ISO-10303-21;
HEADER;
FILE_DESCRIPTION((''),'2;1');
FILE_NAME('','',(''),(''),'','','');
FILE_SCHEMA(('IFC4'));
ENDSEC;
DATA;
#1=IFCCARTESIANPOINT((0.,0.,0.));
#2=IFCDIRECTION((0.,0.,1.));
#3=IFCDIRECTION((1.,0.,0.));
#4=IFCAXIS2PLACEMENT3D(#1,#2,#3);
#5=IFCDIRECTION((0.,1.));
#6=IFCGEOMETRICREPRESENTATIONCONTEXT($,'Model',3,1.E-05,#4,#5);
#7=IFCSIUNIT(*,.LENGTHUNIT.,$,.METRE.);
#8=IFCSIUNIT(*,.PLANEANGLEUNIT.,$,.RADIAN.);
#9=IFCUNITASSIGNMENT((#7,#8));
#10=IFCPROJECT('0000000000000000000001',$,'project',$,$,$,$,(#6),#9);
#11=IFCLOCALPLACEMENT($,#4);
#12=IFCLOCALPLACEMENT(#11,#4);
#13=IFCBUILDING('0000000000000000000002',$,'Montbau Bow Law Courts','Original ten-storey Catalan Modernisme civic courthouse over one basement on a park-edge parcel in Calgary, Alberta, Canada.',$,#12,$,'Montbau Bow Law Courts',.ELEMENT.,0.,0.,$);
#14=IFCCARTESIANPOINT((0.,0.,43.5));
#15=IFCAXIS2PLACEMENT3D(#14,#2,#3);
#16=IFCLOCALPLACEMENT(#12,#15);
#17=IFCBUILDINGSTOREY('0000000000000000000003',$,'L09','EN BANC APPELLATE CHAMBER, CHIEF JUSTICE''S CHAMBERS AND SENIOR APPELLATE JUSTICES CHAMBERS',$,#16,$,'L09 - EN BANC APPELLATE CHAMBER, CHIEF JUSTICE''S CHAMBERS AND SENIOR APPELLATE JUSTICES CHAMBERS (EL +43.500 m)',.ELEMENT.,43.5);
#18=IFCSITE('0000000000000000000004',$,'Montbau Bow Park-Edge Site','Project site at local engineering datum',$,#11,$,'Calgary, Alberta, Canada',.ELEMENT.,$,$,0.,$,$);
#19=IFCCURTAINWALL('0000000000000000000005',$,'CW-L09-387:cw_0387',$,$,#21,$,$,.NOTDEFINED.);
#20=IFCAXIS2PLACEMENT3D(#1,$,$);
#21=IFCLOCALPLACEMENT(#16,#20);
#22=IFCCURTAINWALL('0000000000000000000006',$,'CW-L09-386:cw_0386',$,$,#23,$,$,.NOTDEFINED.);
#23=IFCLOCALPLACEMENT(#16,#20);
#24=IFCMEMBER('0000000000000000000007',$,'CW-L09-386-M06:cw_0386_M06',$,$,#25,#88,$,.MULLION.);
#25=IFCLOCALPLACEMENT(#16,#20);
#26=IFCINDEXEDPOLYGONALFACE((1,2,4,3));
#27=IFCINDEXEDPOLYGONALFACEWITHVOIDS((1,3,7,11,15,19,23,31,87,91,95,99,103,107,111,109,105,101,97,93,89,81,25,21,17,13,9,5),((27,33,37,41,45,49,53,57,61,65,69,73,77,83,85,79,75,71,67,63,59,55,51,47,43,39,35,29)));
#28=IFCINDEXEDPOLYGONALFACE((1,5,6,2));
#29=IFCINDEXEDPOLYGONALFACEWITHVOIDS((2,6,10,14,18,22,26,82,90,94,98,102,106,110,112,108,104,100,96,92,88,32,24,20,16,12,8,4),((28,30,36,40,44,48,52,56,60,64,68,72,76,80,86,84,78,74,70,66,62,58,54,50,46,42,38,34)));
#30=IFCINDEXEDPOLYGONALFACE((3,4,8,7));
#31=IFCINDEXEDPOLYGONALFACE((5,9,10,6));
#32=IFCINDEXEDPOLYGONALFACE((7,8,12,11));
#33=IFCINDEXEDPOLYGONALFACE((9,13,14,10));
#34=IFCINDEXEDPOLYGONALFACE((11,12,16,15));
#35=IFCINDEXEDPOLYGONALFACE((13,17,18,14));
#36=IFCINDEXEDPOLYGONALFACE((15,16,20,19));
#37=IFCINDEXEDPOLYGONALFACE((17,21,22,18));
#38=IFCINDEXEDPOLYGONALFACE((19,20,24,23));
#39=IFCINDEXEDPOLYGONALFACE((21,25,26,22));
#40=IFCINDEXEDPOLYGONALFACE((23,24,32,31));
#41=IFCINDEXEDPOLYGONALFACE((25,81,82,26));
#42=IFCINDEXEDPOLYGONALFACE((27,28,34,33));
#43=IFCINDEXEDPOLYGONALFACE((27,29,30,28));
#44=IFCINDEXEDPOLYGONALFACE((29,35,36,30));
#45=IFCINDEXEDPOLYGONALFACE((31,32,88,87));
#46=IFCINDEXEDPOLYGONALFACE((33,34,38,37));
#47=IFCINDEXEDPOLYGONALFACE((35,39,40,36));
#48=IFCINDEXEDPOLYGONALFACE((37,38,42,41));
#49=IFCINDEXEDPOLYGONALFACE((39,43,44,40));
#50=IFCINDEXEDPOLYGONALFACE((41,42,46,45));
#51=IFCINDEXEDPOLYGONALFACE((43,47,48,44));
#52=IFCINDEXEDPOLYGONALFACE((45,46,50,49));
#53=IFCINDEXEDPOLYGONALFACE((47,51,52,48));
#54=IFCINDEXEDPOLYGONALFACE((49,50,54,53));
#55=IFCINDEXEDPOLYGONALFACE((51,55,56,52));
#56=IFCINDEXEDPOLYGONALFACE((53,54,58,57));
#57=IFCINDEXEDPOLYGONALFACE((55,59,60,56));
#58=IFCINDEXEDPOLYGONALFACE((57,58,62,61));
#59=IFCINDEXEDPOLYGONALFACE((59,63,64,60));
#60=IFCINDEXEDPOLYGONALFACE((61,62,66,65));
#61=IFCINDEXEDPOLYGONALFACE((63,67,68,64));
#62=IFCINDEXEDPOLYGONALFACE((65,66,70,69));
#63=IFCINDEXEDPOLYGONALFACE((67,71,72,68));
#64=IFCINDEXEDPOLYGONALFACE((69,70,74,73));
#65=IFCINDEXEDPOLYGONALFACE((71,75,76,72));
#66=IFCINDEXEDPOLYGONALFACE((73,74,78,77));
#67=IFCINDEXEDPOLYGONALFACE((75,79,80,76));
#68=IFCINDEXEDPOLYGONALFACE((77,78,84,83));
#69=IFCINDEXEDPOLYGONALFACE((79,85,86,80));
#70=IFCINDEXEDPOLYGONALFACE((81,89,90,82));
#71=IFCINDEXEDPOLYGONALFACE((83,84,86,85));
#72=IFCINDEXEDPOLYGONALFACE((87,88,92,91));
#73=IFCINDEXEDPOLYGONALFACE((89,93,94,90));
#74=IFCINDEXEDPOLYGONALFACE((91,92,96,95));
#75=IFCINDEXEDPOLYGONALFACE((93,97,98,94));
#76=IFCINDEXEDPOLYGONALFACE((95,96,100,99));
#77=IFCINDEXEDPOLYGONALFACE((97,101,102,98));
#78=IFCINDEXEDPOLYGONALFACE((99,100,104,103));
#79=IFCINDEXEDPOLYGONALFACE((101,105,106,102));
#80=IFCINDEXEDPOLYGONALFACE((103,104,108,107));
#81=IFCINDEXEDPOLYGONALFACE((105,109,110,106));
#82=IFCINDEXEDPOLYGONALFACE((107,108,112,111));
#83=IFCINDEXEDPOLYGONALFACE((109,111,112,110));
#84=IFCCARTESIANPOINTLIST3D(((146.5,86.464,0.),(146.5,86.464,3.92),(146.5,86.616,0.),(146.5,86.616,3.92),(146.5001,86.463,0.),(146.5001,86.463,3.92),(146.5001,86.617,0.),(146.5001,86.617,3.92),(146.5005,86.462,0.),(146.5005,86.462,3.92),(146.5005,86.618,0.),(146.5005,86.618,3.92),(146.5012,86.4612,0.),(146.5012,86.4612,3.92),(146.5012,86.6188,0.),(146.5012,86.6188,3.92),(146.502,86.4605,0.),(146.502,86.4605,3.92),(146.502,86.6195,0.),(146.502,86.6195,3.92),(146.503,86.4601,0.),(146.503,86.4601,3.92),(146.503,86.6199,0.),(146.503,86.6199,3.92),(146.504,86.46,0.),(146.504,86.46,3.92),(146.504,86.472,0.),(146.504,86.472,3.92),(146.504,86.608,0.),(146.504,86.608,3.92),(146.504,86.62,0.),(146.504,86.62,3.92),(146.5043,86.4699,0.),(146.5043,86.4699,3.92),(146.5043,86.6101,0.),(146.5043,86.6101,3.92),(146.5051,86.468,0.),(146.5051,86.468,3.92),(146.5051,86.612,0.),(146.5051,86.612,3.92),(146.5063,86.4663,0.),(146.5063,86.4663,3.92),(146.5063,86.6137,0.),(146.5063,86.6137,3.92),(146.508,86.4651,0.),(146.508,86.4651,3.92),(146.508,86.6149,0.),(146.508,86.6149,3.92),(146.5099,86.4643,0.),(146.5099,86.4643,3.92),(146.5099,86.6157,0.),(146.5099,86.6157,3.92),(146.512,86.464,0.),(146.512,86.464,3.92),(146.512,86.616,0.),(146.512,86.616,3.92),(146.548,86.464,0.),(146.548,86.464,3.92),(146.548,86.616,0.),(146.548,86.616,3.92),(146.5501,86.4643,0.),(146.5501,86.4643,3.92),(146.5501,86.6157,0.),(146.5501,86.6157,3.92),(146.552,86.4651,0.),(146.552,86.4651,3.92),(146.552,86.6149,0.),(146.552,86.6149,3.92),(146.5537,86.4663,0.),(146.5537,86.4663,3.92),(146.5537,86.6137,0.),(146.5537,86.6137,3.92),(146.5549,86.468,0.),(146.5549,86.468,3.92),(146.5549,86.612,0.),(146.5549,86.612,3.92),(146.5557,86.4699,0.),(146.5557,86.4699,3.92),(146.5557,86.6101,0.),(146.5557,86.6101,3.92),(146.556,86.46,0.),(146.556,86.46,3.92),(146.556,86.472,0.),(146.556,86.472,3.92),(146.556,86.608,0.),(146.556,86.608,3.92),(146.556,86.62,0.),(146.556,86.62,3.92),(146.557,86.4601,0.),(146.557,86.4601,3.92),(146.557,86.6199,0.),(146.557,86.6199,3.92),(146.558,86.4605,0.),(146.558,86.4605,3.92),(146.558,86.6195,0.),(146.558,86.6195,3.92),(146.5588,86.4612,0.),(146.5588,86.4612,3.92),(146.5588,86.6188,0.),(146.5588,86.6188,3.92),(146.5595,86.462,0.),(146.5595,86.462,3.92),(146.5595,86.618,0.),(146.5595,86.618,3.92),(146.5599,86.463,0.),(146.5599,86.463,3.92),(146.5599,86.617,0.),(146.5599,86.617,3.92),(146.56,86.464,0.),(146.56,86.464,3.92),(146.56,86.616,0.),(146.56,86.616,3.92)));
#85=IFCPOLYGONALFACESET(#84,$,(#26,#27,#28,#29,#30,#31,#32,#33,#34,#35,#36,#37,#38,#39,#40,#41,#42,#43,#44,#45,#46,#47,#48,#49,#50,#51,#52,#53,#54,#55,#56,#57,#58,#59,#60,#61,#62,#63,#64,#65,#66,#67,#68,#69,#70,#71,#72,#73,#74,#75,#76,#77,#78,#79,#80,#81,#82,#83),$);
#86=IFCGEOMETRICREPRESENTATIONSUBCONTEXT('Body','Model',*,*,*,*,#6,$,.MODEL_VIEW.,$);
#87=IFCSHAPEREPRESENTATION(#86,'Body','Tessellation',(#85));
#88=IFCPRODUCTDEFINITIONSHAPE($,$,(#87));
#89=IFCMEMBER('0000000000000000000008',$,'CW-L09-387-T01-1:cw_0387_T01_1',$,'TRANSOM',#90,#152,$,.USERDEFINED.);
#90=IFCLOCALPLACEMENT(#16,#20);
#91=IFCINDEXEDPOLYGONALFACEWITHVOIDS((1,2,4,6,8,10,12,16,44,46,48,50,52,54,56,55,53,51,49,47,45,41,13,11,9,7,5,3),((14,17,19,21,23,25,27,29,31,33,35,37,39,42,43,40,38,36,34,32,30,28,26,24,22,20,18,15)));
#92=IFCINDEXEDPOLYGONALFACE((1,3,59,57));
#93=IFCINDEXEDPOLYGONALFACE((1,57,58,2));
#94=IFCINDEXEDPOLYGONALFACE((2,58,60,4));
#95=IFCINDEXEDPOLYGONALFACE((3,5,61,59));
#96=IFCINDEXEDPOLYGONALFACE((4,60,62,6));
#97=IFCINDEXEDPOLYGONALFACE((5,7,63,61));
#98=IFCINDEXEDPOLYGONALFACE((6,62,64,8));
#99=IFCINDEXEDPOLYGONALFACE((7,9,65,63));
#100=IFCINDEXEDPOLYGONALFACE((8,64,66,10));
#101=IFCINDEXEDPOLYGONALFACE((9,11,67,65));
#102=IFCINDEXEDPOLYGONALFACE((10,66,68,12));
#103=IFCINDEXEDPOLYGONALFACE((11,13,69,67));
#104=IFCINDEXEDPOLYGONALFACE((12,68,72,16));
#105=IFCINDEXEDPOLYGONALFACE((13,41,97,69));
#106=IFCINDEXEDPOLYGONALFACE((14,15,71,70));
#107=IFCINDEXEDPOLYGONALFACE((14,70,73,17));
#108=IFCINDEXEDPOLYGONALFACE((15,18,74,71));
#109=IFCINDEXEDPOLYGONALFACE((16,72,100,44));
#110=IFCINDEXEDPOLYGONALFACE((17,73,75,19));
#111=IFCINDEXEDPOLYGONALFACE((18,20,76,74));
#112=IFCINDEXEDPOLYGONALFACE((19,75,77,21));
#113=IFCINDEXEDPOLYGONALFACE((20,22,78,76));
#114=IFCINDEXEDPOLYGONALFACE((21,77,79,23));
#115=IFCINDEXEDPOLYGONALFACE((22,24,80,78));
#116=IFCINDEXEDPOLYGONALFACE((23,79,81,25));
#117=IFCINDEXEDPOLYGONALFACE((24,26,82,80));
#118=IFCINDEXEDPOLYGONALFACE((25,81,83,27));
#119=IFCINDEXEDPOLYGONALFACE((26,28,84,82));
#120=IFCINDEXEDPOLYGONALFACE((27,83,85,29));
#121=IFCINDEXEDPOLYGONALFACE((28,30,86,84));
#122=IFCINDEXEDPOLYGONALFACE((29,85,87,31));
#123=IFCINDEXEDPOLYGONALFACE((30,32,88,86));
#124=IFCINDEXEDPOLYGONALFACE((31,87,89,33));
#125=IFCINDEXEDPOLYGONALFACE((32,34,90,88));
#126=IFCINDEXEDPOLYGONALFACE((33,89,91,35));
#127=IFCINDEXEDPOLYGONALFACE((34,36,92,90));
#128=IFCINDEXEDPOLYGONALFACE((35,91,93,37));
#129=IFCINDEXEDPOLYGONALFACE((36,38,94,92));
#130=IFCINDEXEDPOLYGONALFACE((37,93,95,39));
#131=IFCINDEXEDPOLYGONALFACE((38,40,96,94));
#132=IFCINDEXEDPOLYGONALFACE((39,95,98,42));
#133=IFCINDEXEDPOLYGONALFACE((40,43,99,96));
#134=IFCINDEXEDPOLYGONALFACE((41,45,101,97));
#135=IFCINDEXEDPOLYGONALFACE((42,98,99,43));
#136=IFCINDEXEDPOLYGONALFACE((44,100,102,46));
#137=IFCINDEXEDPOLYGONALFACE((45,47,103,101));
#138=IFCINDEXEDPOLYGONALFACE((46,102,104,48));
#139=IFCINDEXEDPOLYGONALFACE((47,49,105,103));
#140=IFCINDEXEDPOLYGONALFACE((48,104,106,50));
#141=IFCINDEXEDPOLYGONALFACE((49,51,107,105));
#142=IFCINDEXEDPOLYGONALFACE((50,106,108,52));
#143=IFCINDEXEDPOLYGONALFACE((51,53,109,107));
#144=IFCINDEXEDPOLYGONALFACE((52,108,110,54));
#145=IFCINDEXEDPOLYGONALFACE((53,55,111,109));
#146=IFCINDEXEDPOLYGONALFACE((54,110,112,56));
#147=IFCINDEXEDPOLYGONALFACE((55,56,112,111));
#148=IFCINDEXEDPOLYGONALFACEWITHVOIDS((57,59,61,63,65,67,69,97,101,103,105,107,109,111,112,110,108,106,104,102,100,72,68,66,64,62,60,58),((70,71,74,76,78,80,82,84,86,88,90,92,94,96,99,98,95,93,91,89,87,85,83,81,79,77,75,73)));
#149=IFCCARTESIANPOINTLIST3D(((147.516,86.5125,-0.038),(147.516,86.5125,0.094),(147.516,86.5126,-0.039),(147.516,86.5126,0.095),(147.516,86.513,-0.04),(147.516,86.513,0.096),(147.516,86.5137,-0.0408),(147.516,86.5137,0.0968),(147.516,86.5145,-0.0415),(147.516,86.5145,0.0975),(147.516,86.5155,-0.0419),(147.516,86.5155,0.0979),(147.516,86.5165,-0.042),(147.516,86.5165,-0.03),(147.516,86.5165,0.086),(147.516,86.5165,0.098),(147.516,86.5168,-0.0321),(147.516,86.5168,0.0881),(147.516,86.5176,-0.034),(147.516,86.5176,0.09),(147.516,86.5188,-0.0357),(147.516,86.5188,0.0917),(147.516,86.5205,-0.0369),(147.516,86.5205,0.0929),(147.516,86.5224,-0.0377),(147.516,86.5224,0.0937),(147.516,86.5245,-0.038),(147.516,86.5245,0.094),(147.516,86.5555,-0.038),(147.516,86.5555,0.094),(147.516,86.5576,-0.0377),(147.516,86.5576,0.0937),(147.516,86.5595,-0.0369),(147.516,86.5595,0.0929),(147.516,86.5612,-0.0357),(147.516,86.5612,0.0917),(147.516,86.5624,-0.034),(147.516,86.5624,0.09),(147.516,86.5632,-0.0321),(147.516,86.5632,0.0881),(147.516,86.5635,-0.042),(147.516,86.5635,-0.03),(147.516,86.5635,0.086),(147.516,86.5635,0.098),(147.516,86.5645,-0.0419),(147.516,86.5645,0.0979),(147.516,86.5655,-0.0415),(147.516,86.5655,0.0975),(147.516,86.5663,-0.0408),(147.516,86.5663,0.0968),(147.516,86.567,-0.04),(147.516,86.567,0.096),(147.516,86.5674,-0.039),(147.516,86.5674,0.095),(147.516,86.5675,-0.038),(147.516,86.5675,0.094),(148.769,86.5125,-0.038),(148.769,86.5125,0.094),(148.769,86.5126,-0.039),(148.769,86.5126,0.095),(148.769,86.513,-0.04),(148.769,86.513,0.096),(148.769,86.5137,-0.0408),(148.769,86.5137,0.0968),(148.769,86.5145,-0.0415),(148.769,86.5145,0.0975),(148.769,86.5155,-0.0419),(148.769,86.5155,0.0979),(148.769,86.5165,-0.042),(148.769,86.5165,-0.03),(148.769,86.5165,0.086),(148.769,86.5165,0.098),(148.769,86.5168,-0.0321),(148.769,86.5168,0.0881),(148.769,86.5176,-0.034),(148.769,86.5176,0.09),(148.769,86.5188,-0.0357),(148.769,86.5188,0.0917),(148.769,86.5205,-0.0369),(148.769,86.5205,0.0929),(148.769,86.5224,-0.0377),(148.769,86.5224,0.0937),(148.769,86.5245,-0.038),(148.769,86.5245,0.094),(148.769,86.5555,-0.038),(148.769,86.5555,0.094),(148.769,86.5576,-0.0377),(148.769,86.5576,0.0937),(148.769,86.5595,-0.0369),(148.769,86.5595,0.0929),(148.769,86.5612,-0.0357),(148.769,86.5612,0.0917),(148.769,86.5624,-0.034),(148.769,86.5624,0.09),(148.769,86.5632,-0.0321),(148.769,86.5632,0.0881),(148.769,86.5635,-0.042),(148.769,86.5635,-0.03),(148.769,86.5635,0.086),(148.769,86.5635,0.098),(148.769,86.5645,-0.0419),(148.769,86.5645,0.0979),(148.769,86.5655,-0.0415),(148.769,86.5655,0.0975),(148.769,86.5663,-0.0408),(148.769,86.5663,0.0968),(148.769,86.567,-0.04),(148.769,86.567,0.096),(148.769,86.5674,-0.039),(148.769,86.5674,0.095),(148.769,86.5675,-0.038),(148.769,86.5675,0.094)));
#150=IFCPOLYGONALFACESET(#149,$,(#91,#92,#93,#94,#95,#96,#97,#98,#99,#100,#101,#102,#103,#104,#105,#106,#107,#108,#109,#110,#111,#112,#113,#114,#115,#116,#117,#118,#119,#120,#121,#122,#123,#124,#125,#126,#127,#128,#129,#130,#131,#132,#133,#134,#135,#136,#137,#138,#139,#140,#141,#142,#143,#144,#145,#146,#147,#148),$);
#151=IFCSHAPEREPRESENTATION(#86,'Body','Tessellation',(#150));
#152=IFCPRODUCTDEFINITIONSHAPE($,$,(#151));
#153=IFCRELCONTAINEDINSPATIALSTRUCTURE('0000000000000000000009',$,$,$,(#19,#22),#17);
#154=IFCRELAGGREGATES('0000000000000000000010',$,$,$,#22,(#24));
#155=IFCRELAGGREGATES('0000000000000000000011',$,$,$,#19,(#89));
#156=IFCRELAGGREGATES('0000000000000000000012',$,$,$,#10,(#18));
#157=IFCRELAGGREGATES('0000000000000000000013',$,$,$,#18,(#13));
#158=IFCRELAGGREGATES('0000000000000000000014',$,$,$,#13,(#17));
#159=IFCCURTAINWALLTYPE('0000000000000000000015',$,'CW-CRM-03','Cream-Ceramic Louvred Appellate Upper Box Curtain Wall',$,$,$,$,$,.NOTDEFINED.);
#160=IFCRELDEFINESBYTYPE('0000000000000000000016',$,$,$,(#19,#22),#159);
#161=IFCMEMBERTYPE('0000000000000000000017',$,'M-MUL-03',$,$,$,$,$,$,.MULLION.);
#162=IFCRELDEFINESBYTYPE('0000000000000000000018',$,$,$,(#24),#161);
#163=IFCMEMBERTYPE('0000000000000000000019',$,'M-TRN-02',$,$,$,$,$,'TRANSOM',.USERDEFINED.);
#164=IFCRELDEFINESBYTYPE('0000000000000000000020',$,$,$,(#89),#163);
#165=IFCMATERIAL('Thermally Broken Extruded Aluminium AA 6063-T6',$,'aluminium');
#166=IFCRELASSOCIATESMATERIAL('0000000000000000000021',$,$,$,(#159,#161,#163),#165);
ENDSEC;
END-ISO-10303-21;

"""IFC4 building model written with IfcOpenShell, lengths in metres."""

from ifc_helpers import new_model, si_unit, direction, frame, origin_with_axes, origin_2d_with_axis, place, context, subcontext, project, spatial, hollow_rectangle, extrude, material, material_profile, profile_set, type_object, element, aggregate, save


model = new_model("IFC4")

# Units and contexts
model_context = context("Model", 3, precision=1e-05, world=origin_with_axes(), true_north=direction((0.0, 1.0)))
body_context = subcontext(model_context, "Body", "Model", "MODEL_VIEW")
ifc_project = project(units=[si_unit("LENGTHUNIT", "METRE"), si_unit("PLANEANGLEUNIT", "RADIAN")], contexts=[model_context])

# Site, building, storey
site_placement = place(None, origin_with_axes())
site = spatial("IfcSite", under=ifc_project, at=site_placement, Name="Montbau Bow Park-Edge Site", Description="Project site at local engineering datum", LongName="Calgary, Alberta, Canada", CompositionType="ELEMENT", RefElevation=0.0)
building_placement = place(site_placement, origin_with_axes())
building = spatial("IfcBuilding", under=site, at=building_placement, Name="Montbau Bow Law Courts", Description="Original ten-storey Catalan Modernisme civic courthouse over one basement on a park-edge parcel in Calgary, Alberta, Canada.", LongName="Montbau Bow Law Courts", CompositionType="ELEMENT", ElevationOfRefHeight=0.0, ElevationOfTerrain=0.0)
storey_placement = place(building_placement, frame((0.0, 0.0, 43.5), z_axis=(0.0, 0.0, 1.0), x_axis=(1.0, 0.0, 0.0)))
storey = spatial("IfcBuildingStorey", under=building, at=storey_placement, Name="L09", Description="EN BANC APPELLATE CHAMBER, CHIEF JUSTICE'S CHAMBERS AND SENIOR APPELLATE JUSTICES CHAMBERS", LongName="L09 - EN BANC APPELLATE CHAMBER, CHIEF JUSTICE'S CHAMBERS AND SENIOR APPELLATE JUSTICES CHAMBERS (EL +43.500 m)", CompositionType="ELEMENT", Elevation=43.5)

# Curtain wall
ifc_material_1 = material(Name="Thermally Broken Extruded Aluminium AA 6063-T6", Category="aluminium")
curtain_wall_type = type_object("IfcCurtainWallType", Name="CW-CRM-03", Description="Cream-Ceramic Louvred Appellate Upper Box Curtain Wall", PredefinedType="NOTDEFINED", material=ifc_material_1)
curtain_wall_1_placement = place(None, frame((147.44, 86.54, 43.5), z_axis=(0.0, 0.0, 1.0), x_axis=(1.0, 0.0, 0.0)))
curtain_wall_1 = element("IfcCurtainWall", 1, at=curtain_wall_1_placement, inside=storey, type_object=curtain_wall_type, Name="CW-L09-387:cw_0387", PredefinedType="NOTDEFINED")

# Curtain wall, member
curtain_wall_2_placement = place(None, frame((139.04, 86.54, 43.5), z_axis=(0.0, 0.0, 1.0), x_axis=(1.0, 0.0, 0.0)))
curtain_wall_2 = element("IfcCurtainWall", 2, at=curtain_wall_2_placement, inside=storey, type_object=curtain_wall_type, Name="CW-L09-386:cw_0386", PredefinedType="NOTDEFINED")
ifc_material_profile_1 = material_profile(ifc_material_1, hollow_rectangle(XDim=0.06, YDim=0.16, WallThickness=0.004, InnerFilletRadius=0.008, OuterFilletRadius=0.004, at=origin_2d_with_axis()), Name="CWM-160X60", Category="Main", Priority=0)
ifc_profile_set_1 = profile_set([ifc_material_profile_1], Name="Thermally Broken Extruded Aluminium AA 6063-T6")
member_type_1 = type_object("IfcMemberType", Name="M-MUL-03", PredefinedType="MULLION", material=ifc_profile_set_1)
member_1_placement = place(None, frame((146.53, 86.54, 43.5), z_axis=(0.0, 0.0, 1.0), x_axis=(1.0, 0.0, 0.0)))
member_1 = element("IfcMember", 3, at=member_1_placement, type_object=member_type_1, Name="CW-L09-386-M06:cw_0386_M06", PredefinedType="MULLION", context=body_context, shape_type="SweptSolid", body=[
    extrude(hollow_rectangle(XDim=0.06, YDim=0.16, WallThickness=0.004, InnerFilletRadius=0.008, OuterFilletRadius=0.004, at=origin_2d_with_axis()), origin_with_axes(), (0.0, 0.0, 1.0), 3.92),
])
aggregate(curtain_wall_2, [member_1])

# Member
ifc_material_profile_2 = material_profile(ifc_material_1, hollow_rectangle(XDim=0.055, YDim=0.14, WallThickness=0.004, InnerFilletRadius=0.008, OuterFilletRadius=0.004, at=origin_2d_with_axis()), Name="CWT-140X55", Category="Main", Priority=0)
ifc_profile_set_2 = profile_set([ifc_material_profile_2], Name="Thermally Broken Extruded Aluminium AA 6063-T6")
member_type_2 = type_object("IfcMemberType", Name="M-TRN-02", ElementType="TRANSOM", PredefinedType="USERDEFINED", material=ifc_profile_set_2)
member_2_placement = place(None, frame((147.516, 86.54, 43.528), z_axis=(1.0, 0.0, 0.0), x_axis=(0.0, 1.0, 0.0)))
member_2 = element("IfcMember", 4, at=member_2_placement, type_object=member_type_2, Name="CW-L09-387-T01-1:cw_0387_T01_1", ObjectType="TRANSOM", PredefinedType="USERDEFINED", context=body_context, shape_type="SweptSolid", body=[
    extrude(hollow_rectangle(XDim=0.055, YDim=0.14, WallThickness=0.004, InnerFilletRadius=0.008, OuterFilletRadius=0.004, at=origin_2d_with_axis()), origin_with_axes(), (0.0, 0.0, 1.0), 1.253),
])

aggregate(curtain_wall_1, [member_2])

save(model, "model.ifc")
